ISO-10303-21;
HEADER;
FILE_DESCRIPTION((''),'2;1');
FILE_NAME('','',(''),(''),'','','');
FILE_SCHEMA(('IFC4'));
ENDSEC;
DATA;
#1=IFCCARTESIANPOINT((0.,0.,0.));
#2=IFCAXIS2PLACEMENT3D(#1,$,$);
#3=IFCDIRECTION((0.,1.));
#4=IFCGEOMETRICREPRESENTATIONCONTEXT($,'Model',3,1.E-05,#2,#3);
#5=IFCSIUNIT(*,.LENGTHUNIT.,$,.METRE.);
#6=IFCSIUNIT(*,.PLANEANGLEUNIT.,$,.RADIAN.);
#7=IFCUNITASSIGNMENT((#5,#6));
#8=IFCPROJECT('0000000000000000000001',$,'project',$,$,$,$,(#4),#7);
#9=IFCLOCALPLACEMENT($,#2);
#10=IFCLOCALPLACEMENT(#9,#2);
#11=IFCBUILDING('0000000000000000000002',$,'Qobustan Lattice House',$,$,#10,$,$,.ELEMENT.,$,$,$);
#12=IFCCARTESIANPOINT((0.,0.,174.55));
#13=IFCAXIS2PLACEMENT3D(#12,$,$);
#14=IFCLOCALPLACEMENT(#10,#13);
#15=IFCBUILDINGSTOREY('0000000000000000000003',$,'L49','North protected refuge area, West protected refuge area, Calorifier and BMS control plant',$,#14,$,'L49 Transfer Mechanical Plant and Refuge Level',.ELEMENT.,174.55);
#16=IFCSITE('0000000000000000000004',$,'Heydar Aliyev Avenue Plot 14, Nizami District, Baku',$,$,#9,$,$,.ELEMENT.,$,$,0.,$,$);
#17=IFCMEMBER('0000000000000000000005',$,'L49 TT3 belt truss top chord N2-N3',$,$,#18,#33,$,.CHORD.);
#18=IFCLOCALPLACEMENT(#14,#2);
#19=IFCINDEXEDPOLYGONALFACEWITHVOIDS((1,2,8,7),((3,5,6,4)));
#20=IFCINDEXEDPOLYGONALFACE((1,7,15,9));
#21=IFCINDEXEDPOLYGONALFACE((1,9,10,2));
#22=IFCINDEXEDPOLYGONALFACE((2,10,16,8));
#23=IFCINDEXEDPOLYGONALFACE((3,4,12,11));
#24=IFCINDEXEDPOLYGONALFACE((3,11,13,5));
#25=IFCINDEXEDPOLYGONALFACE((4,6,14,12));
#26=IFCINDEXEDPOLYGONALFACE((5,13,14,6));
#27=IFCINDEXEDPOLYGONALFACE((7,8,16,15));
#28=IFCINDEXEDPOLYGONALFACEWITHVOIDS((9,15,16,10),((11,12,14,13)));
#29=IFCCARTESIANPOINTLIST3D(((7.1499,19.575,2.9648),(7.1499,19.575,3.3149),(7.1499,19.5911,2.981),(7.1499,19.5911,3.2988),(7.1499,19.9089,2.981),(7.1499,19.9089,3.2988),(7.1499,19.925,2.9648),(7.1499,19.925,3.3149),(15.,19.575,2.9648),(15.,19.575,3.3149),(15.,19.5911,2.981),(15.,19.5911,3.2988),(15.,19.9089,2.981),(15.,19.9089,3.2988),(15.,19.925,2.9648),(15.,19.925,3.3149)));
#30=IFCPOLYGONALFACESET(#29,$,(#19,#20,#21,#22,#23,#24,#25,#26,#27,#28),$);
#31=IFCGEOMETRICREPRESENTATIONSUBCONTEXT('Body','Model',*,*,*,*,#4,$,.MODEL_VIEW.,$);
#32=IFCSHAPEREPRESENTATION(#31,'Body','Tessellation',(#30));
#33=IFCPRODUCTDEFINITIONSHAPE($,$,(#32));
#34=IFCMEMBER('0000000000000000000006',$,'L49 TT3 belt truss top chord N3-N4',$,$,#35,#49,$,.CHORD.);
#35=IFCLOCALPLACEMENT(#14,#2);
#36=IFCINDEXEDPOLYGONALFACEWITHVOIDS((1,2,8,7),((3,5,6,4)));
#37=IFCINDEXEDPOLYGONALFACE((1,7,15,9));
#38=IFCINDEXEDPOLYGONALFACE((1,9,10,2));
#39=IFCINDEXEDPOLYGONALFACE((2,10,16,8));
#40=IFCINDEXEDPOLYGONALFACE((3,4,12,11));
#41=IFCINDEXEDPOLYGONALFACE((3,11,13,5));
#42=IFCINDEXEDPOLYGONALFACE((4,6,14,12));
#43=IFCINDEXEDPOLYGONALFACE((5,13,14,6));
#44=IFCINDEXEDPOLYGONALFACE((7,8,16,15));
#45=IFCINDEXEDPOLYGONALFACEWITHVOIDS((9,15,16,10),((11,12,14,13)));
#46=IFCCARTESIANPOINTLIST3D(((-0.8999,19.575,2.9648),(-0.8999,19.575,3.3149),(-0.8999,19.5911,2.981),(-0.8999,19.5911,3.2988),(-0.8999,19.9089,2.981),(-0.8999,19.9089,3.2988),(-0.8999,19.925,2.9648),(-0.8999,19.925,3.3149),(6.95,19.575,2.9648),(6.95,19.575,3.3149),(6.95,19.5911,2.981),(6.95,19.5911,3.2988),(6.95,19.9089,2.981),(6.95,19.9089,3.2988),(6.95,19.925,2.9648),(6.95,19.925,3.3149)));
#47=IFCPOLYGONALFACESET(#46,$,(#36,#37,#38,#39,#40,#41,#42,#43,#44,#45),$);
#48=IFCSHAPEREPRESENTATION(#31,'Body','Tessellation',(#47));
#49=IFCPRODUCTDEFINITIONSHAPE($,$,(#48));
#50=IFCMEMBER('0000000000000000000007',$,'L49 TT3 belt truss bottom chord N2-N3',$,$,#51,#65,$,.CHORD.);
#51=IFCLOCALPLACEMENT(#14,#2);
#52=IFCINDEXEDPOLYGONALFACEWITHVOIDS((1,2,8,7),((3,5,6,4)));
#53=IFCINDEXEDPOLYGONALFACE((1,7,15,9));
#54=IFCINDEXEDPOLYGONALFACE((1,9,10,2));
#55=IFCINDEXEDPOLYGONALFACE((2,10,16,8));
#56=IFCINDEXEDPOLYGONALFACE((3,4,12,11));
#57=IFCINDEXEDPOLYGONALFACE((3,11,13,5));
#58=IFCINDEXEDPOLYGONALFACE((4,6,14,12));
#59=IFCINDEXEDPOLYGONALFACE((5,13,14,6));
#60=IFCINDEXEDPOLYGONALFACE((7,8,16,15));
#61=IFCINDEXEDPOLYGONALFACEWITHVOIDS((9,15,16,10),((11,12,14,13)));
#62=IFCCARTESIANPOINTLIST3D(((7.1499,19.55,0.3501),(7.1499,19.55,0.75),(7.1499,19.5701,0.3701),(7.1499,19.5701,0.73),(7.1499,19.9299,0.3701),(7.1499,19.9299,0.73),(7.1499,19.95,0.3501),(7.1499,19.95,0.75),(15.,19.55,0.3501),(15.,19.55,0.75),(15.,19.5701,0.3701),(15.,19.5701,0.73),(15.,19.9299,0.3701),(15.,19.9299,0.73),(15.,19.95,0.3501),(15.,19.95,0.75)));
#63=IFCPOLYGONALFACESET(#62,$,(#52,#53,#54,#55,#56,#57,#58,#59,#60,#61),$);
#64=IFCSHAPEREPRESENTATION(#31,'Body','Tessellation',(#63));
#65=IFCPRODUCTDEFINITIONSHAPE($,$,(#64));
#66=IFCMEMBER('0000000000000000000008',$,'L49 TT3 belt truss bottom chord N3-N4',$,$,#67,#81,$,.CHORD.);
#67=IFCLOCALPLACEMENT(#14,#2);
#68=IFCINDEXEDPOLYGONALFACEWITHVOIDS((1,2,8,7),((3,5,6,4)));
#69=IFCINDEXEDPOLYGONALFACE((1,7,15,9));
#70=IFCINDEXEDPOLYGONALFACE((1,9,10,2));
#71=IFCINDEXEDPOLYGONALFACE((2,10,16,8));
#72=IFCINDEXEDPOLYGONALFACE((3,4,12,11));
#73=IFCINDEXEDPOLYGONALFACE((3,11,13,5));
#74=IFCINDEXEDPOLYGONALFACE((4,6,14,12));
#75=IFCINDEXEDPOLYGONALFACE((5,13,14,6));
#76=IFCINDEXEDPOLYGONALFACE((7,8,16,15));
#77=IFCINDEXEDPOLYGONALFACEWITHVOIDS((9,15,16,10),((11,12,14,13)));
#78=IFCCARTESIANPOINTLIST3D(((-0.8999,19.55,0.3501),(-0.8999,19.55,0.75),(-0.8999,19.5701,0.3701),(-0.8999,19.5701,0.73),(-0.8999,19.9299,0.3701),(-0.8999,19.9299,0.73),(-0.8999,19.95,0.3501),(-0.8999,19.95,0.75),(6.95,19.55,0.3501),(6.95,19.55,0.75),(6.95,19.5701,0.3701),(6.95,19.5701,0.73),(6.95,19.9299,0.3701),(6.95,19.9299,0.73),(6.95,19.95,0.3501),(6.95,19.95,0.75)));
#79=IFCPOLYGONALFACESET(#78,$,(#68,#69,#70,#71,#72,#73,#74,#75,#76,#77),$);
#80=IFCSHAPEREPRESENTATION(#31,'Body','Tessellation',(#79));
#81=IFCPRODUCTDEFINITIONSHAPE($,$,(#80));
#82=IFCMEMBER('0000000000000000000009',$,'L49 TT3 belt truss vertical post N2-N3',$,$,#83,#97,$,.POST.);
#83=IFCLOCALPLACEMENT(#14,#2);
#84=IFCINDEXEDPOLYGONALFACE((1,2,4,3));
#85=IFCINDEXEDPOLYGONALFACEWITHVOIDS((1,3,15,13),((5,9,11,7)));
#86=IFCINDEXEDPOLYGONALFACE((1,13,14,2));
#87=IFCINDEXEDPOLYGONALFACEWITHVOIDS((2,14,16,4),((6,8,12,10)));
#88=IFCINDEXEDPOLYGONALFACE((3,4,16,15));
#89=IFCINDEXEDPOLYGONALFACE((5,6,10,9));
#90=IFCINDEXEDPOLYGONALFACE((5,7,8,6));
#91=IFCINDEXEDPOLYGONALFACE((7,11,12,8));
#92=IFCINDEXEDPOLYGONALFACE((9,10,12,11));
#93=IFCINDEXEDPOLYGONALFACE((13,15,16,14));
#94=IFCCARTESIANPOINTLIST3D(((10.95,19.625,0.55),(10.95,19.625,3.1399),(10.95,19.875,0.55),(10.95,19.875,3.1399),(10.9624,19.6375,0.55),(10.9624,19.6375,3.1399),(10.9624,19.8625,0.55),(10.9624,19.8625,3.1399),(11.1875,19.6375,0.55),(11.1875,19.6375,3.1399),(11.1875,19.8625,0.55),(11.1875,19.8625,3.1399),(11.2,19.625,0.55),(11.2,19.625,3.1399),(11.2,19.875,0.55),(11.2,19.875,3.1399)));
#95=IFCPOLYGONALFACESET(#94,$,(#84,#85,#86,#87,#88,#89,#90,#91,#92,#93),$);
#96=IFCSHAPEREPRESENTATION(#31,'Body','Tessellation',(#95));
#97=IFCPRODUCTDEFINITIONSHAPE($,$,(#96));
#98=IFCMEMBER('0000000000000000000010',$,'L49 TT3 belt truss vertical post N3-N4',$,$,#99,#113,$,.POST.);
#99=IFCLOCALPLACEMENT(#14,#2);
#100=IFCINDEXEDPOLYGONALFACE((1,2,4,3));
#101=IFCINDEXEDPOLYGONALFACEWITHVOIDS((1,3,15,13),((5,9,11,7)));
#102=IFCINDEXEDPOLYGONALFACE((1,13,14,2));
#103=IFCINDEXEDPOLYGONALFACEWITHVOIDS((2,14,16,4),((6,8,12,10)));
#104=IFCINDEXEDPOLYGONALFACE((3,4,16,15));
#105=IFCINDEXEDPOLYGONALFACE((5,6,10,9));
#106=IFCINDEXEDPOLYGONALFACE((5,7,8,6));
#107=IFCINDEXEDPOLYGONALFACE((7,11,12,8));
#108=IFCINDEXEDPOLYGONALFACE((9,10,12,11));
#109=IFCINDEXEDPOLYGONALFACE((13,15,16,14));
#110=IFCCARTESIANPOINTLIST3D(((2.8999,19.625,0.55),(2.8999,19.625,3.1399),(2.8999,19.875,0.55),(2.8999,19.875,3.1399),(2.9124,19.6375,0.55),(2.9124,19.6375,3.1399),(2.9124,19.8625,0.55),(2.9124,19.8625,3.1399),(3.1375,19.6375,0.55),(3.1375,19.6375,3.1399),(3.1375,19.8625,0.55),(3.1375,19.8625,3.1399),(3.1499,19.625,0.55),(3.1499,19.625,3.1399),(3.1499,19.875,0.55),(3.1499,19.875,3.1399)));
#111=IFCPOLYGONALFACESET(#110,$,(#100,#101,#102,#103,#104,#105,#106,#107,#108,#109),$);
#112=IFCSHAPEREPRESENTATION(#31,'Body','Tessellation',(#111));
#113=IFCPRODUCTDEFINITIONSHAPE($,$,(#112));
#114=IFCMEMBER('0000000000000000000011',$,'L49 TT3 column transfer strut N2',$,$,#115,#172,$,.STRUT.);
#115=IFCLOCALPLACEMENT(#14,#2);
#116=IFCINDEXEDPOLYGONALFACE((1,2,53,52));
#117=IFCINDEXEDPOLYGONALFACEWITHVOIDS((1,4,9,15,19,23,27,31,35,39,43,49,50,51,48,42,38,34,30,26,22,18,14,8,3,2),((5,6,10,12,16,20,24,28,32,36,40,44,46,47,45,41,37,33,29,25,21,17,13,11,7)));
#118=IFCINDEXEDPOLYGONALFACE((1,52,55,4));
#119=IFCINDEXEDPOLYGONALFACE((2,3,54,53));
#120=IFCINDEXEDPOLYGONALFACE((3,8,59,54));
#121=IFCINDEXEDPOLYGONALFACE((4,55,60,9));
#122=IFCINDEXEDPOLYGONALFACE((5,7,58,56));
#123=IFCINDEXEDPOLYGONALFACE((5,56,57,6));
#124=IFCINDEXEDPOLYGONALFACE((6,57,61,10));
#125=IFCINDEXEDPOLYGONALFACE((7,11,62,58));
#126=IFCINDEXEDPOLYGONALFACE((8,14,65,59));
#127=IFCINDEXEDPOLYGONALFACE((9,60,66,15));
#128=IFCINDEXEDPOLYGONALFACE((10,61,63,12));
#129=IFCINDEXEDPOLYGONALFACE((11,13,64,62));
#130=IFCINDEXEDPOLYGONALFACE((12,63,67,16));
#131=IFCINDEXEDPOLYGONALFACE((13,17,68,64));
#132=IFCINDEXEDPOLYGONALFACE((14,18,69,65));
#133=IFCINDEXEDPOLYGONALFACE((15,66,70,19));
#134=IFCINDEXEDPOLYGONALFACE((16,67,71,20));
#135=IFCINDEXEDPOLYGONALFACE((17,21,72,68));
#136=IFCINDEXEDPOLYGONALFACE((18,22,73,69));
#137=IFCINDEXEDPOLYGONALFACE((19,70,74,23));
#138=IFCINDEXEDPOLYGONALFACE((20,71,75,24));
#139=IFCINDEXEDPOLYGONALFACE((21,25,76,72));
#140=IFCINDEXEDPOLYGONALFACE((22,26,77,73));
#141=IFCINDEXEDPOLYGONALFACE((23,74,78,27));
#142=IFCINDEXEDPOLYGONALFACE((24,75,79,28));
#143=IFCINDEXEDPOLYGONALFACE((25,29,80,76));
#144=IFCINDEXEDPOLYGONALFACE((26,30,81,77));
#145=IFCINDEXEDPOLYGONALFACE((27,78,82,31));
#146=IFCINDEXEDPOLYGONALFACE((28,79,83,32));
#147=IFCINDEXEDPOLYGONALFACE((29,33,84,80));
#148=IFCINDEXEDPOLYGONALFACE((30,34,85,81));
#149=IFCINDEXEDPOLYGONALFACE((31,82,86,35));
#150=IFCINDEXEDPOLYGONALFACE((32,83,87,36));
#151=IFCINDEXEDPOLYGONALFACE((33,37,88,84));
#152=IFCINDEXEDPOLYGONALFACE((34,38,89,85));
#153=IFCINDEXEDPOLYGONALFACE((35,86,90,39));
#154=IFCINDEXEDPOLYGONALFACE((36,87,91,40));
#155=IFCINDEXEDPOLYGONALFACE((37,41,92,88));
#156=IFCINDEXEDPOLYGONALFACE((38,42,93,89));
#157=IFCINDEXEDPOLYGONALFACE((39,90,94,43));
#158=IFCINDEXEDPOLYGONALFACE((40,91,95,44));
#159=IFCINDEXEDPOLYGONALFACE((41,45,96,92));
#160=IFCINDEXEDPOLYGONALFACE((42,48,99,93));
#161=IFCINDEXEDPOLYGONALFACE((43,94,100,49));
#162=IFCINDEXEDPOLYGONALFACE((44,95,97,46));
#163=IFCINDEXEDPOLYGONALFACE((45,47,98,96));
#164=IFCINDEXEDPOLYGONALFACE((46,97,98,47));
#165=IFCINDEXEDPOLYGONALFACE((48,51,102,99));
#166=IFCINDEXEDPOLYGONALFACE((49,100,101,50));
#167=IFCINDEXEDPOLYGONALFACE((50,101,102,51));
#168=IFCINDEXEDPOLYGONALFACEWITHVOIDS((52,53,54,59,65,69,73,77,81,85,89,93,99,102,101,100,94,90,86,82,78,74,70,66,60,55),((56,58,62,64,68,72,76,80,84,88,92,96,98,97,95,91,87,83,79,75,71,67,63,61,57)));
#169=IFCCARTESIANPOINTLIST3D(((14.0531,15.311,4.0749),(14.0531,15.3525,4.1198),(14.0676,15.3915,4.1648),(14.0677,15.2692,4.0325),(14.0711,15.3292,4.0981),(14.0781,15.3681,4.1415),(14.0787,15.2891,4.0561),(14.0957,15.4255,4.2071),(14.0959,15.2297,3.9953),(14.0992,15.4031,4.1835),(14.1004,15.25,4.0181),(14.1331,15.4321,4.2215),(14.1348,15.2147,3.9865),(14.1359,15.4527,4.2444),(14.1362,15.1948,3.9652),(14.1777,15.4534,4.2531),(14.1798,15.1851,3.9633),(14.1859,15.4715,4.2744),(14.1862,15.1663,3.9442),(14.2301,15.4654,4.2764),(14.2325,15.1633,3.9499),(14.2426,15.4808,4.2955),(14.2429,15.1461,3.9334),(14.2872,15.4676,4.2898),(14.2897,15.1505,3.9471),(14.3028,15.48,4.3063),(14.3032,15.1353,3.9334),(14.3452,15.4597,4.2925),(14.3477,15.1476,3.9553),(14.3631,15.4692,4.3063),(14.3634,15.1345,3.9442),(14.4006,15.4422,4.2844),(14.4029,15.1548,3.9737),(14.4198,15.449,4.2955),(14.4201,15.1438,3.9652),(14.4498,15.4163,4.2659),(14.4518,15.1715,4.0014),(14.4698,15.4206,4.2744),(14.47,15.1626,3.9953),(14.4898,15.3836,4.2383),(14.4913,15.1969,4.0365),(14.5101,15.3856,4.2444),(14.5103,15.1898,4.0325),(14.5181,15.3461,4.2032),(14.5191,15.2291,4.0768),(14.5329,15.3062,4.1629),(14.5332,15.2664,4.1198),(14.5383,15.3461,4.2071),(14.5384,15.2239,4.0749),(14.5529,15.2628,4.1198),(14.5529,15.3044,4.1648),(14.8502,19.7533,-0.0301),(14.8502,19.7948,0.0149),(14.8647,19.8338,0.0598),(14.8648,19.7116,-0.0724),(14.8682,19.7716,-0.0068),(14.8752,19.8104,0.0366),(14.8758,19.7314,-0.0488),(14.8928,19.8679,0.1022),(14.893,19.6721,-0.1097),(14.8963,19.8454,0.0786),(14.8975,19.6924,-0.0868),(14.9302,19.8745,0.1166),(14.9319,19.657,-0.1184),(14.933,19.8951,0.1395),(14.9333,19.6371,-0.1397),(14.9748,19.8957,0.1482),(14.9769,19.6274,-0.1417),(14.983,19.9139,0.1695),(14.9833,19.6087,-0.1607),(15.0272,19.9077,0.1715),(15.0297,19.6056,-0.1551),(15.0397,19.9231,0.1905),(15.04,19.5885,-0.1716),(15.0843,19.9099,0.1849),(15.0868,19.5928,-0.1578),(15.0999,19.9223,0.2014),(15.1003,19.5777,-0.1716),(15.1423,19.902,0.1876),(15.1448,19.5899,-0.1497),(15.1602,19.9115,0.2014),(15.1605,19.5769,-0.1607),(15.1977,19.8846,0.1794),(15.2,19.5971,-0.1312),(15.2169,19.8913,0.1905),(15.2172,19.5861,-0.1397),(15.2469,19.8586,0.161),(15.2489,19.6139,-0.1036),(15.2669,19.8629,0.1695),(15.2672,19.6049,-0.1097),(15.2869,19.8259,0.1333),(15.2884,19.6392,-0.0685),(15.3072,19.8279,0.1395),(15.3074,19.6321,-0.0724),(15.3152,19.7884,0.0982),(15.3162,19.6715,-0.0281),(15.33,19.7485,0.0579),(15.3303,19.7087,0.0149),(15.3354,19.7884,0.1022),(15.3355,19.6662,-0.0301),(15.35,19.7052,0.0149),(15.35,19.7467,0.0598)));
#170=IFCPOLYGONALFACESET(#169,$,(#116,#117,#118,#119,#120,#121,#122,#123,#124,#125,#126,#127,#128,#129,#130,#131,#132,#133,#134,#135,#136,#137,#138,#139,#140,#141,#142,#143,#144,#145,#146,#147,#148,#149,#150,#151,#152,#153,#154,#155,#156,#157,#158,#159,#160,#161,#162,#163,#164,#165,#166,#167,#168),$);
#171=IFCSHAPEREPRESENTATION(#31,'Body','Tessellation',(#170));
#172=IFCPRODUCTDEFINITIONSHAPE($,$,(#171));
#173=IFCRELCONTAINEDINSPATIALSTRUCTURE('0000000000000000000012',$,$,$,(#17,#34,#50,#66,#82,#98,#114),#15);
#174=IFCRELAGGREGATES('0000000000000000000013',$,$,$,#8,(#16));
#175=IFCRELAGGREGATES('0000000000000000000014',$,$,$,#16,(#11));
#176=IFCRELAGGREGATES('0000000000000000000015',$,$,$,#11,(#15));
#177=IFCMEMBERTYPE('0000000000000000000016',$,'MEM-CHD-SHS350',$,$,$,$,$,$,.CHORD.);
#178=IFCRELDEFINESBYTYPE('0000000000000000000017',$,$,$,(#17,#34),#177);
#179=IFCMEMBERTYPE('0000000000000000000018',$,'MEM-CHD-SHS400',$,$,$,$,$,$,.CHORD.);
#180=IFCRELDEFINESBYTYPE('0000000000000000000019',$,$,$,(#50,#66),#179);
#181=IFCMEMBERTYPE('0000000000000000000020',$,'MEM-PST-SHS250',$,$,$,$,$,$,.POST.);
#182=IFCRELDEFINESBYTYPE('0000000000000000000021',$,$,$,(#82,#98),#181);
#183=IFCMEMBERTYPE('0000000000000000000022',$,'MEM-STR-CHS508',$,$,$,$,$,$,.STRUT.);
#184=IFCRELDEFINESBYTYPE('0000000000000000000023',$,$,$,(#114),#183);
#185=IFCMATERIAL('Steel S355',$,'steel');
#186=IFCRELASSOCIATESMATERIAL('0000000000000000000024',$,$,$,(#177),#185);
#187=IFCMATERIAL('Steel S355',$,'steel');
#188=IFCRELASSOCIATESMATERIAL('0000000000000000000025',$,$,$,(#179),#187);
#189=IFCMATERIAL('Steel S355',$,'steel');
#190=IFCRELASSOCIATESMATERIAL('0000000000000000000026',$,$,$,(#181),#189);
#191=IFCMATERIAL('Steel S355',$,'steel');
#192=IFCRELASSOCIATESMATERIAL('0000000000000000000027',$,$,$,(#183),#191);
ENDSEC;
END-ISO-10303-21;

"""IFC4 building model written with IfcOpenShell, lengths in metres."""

from ifc_helpers import new_model, si_unit, direction, frame, origin, origin_2d, place, context, subcontext, project, spatial, hollow_rectangle, hollow_circle, extrude, material, material_profile, profile_set, type_object, element, save


model = new_model("IFC4")

# Units and contexts
model_context = context("Model", 3, precision=1e-05, world=origin(), true_north=direction((0.0, 1.0)))
body_context = subcontext(model_context, "Body", "Model", "MODEL_VIEW")
ifc_project = project(units=[si_unit("LENGTHUNIT", "METRE"), si_unit("PLANEANGLEUNIT", "RADIAN")], contexts=[model_context])

# Site, building, storey
site_placement = place(None, origin())
site = spatial("IfcSite", under=ifc_project, at=site_placement, Name="Heydar Aliyev Avenue Plot 14, Nizami District, Baku", CompositionType="ELEMENT", RefElevation=0.0)
building_placement = place(site_placement, origin())
building = spatial("IfcBuilding", under=site, at=building_placement, Name="Qobustan Lattice House", CompositionType="ELEMENT")
storey_placement = place(building_placement, frame((0.0, 0.0, 174.55)))
storey = spatial("IfcBuildingStorey", under=building, at=storey_placement, Name="L49", Description="North protected refuge area, West protected refuge area, Calorifier and BMS control plant", LongName="L49 Transfer Mechanical Plant and Refuge Level", CompositionType="ELEMENT", Elevation=174.55)

# Members
ifc_material_1 = material(Name="Steel S355", Category="steel")
ifc_material_profile_1 = material_profile(ifc_material_1, hollow_rectangle(XDim=0.3501, YDim=0.3501, WallThickness=0.0161, at=origin_2d()), Name="SHS350x350x16")
ifc_profile_set_1 = profile_set([ifc_material_profile_1], Name="Steel S355")
member_type_1 = type_object("IfcMemberType", Name="MEM-CHD-SHS350", PredefinedType="CHORD", material=ifc_profile_set_1)
member_1_placement = place(storey_placement, frame((15.0, 19.75, 3.1399), z_axis=(-1.0, 0.0, 0.0), x_axis=(0.0, -1.0, 0.0)))
element("IfcMember", 1, at=member_1_placement, inside=storey, type_object=member_type_1, Name="L49 TT3 belt truss top chord N2-N3", PredefinedType="CHORD", context=body_context, shape_type="SweptSolid", body=[
    extrude(hollow_rectangle(XDim=0.3501, YDim=0.3501, WallThickness=0.0161, at=origin_2d()), origin(), (0.0, 0.0, 1.0), 7.8501),
])
member_2_placement = place(storey_placement, frame((6.95, 19.75, 3.1399), z_axis=(-1.0, 0.0, 0.0), x_axis=(0.0, -1.0, 0.0)))
element("IfcMember", 2, at=member_2_placement, inside=storey, type_object=member_type_1, Name="L49 TT3 belt truss top chord N3-N4", PredefinedType="CHORD", context=body_context, shape_type="SweptSolid", body=[
    extrude(hollow_rectangle(XDim=0.3501, YDim=0.3501, WallThickness=0.0161, at=origin_2d()), origin(), (0.0, 0.0, 1.0), 7.8499),
])
ifc_material_2 = material(Name="Steel S355", Category="steel")
ifc_material_profile_2 = material_profile(ifc_material_2, hollow_rectangle(XDim=0.3999, YDim=0.3999, WallThickness=0.02, at=origin_2d()), Name="SHS400x400x20")
ifc_profile_set_2 = profile_set([ifc_material_profile_2], Name="Steel S355")
member_type_2 = type_object("IfcMemberType", Name="MEM-CHD-SHS400", PredefinedType="CHORD", material=ifc_profile_set_2)
member_3_placement = place(storey_placement, frame((15.0, 19.75, 0.55), z_axis=(-1.0, 0.0, 0.0), x_axis=(0.0, -1.0, 0.0)))
element("IfcMember", 3, at=member_3_placement, inside=storey, type_object=member_type_2, Name="L49 TT3 belt truss bottom chord N2-N3", PredefinedType="CHORD", context=body_context, shape_type="SweptSolid", body=[
    extrude(hollow_rectangle(XDim=0.3999, YDim=0.3999, WallThickness=0.02, at=origin_2d()), origin(), (0.0, 0.0, 1.0), 7.8501),
])
member_4_placement = place(storey_placement, frame((6.95, 19.75, 0.55), z_axis=(-1.0, 0.0, 0.0), x_axis=(0.0, -1.0, 0.0)))
element("IfcMember", 4, at=member_4_placement, inside=storey, type_object=member_type_2, Name="L49 TT3 belt truss bottom chord N3-N4", PredefinedType="CHORD", context=body_context, shape_type="SweptSolid", body=[
    extrude(hollow_rectangle(XDim=0.3999, YDim=0.3999, WallThickness=0.02, at=origin_2d()), origin(), (0.0, 0.0, 1.0), 7.8499),
])
ifc_material_3 = material(Name="Steel S355", Category="steel")
ifc_material_profile_3 = material_profile(ifc_material_3, hollow_rectangle(XDim=0.25, YDim=0.25, WallThickness=0.0125, at=origin_2d()), Name="SHS250x250x12.5")
ifc_profile_set_3 = profile_set([ifc_material_profile_3], Name="Steel S355")
member_type_3 = type_object("IfcMemberType", Name="MEM-PST-SHS250", PredefinedType="POST", material=ifc_profile_set_3)
for number, where, z_axis, x_axis, name in (
    (5, (11.075, 19.75, 0.55), (0.0, 0.0, 1.0), (1.0, 0.0, 0.0), "L49 TT3 belt truss vertical post N2-N3"),
    (6, (3.0249, 19.75, 0.55), (0.0, 0.0, 1.0), (1.0, 0.0, 0.0), "L49 TT3 belt truss vertical post N3-N4"),
):
    element("IfcMember", number, at=place(storey_placement, frame(where, z_axis=z_axis, x_axis=x_axis)), inside=storey, type_object=member_type_3, Name=name, PredefinedType="POST", context=body_context, shape_type="SweptSolid", body=[
        extrude(hollow_rectangle(XDim=0.25, YDim=0.25, WallThickness=0.0125, at=origin_2d()), origin(), (0.0, 0.0, 1.0), 2.5898),
    ])
ifc_material_4 = material(Name="Steel S355", Category="steel")
ifc_material_profile_4 = material_profile(ifc_material_4, hollow_circle(Radius=0.2539, WallThickness=0.02, at=origin_2d()), Name="CHS508x20")
ifc_profile_set_4 = profile_set([ifc_material_profile_4], Name="Steel S355")
member_type_4 = type_object("IfcMemberType", Name="MEM-STR-CHS508", PredefinedType="STRUT", material=ifc_profile_set_4)
member_5_placement = place(storey_placement, frame((15.1001, 19.75, 0.0149), z_axis=(-0.130656, -0.728152, 0.672848), x_axis=(0.98428, -0.176614, 0.0)))
element("IfcMember", 7, at=member_5_placement, inside=storey, type_object=member_type_4, Name="L49 TT3 column transfer strut N2", PredefinedType="STRUT", context=body_context, shape_type="SweptSolid", body=[
    extrude(hollow_circle(Radius=0.2539, WallThickness=0.02, at=origin_2d()), origin(), (0.0, 0.0, 1.0), 6.1008),
])

save(model, "model.ifc")
